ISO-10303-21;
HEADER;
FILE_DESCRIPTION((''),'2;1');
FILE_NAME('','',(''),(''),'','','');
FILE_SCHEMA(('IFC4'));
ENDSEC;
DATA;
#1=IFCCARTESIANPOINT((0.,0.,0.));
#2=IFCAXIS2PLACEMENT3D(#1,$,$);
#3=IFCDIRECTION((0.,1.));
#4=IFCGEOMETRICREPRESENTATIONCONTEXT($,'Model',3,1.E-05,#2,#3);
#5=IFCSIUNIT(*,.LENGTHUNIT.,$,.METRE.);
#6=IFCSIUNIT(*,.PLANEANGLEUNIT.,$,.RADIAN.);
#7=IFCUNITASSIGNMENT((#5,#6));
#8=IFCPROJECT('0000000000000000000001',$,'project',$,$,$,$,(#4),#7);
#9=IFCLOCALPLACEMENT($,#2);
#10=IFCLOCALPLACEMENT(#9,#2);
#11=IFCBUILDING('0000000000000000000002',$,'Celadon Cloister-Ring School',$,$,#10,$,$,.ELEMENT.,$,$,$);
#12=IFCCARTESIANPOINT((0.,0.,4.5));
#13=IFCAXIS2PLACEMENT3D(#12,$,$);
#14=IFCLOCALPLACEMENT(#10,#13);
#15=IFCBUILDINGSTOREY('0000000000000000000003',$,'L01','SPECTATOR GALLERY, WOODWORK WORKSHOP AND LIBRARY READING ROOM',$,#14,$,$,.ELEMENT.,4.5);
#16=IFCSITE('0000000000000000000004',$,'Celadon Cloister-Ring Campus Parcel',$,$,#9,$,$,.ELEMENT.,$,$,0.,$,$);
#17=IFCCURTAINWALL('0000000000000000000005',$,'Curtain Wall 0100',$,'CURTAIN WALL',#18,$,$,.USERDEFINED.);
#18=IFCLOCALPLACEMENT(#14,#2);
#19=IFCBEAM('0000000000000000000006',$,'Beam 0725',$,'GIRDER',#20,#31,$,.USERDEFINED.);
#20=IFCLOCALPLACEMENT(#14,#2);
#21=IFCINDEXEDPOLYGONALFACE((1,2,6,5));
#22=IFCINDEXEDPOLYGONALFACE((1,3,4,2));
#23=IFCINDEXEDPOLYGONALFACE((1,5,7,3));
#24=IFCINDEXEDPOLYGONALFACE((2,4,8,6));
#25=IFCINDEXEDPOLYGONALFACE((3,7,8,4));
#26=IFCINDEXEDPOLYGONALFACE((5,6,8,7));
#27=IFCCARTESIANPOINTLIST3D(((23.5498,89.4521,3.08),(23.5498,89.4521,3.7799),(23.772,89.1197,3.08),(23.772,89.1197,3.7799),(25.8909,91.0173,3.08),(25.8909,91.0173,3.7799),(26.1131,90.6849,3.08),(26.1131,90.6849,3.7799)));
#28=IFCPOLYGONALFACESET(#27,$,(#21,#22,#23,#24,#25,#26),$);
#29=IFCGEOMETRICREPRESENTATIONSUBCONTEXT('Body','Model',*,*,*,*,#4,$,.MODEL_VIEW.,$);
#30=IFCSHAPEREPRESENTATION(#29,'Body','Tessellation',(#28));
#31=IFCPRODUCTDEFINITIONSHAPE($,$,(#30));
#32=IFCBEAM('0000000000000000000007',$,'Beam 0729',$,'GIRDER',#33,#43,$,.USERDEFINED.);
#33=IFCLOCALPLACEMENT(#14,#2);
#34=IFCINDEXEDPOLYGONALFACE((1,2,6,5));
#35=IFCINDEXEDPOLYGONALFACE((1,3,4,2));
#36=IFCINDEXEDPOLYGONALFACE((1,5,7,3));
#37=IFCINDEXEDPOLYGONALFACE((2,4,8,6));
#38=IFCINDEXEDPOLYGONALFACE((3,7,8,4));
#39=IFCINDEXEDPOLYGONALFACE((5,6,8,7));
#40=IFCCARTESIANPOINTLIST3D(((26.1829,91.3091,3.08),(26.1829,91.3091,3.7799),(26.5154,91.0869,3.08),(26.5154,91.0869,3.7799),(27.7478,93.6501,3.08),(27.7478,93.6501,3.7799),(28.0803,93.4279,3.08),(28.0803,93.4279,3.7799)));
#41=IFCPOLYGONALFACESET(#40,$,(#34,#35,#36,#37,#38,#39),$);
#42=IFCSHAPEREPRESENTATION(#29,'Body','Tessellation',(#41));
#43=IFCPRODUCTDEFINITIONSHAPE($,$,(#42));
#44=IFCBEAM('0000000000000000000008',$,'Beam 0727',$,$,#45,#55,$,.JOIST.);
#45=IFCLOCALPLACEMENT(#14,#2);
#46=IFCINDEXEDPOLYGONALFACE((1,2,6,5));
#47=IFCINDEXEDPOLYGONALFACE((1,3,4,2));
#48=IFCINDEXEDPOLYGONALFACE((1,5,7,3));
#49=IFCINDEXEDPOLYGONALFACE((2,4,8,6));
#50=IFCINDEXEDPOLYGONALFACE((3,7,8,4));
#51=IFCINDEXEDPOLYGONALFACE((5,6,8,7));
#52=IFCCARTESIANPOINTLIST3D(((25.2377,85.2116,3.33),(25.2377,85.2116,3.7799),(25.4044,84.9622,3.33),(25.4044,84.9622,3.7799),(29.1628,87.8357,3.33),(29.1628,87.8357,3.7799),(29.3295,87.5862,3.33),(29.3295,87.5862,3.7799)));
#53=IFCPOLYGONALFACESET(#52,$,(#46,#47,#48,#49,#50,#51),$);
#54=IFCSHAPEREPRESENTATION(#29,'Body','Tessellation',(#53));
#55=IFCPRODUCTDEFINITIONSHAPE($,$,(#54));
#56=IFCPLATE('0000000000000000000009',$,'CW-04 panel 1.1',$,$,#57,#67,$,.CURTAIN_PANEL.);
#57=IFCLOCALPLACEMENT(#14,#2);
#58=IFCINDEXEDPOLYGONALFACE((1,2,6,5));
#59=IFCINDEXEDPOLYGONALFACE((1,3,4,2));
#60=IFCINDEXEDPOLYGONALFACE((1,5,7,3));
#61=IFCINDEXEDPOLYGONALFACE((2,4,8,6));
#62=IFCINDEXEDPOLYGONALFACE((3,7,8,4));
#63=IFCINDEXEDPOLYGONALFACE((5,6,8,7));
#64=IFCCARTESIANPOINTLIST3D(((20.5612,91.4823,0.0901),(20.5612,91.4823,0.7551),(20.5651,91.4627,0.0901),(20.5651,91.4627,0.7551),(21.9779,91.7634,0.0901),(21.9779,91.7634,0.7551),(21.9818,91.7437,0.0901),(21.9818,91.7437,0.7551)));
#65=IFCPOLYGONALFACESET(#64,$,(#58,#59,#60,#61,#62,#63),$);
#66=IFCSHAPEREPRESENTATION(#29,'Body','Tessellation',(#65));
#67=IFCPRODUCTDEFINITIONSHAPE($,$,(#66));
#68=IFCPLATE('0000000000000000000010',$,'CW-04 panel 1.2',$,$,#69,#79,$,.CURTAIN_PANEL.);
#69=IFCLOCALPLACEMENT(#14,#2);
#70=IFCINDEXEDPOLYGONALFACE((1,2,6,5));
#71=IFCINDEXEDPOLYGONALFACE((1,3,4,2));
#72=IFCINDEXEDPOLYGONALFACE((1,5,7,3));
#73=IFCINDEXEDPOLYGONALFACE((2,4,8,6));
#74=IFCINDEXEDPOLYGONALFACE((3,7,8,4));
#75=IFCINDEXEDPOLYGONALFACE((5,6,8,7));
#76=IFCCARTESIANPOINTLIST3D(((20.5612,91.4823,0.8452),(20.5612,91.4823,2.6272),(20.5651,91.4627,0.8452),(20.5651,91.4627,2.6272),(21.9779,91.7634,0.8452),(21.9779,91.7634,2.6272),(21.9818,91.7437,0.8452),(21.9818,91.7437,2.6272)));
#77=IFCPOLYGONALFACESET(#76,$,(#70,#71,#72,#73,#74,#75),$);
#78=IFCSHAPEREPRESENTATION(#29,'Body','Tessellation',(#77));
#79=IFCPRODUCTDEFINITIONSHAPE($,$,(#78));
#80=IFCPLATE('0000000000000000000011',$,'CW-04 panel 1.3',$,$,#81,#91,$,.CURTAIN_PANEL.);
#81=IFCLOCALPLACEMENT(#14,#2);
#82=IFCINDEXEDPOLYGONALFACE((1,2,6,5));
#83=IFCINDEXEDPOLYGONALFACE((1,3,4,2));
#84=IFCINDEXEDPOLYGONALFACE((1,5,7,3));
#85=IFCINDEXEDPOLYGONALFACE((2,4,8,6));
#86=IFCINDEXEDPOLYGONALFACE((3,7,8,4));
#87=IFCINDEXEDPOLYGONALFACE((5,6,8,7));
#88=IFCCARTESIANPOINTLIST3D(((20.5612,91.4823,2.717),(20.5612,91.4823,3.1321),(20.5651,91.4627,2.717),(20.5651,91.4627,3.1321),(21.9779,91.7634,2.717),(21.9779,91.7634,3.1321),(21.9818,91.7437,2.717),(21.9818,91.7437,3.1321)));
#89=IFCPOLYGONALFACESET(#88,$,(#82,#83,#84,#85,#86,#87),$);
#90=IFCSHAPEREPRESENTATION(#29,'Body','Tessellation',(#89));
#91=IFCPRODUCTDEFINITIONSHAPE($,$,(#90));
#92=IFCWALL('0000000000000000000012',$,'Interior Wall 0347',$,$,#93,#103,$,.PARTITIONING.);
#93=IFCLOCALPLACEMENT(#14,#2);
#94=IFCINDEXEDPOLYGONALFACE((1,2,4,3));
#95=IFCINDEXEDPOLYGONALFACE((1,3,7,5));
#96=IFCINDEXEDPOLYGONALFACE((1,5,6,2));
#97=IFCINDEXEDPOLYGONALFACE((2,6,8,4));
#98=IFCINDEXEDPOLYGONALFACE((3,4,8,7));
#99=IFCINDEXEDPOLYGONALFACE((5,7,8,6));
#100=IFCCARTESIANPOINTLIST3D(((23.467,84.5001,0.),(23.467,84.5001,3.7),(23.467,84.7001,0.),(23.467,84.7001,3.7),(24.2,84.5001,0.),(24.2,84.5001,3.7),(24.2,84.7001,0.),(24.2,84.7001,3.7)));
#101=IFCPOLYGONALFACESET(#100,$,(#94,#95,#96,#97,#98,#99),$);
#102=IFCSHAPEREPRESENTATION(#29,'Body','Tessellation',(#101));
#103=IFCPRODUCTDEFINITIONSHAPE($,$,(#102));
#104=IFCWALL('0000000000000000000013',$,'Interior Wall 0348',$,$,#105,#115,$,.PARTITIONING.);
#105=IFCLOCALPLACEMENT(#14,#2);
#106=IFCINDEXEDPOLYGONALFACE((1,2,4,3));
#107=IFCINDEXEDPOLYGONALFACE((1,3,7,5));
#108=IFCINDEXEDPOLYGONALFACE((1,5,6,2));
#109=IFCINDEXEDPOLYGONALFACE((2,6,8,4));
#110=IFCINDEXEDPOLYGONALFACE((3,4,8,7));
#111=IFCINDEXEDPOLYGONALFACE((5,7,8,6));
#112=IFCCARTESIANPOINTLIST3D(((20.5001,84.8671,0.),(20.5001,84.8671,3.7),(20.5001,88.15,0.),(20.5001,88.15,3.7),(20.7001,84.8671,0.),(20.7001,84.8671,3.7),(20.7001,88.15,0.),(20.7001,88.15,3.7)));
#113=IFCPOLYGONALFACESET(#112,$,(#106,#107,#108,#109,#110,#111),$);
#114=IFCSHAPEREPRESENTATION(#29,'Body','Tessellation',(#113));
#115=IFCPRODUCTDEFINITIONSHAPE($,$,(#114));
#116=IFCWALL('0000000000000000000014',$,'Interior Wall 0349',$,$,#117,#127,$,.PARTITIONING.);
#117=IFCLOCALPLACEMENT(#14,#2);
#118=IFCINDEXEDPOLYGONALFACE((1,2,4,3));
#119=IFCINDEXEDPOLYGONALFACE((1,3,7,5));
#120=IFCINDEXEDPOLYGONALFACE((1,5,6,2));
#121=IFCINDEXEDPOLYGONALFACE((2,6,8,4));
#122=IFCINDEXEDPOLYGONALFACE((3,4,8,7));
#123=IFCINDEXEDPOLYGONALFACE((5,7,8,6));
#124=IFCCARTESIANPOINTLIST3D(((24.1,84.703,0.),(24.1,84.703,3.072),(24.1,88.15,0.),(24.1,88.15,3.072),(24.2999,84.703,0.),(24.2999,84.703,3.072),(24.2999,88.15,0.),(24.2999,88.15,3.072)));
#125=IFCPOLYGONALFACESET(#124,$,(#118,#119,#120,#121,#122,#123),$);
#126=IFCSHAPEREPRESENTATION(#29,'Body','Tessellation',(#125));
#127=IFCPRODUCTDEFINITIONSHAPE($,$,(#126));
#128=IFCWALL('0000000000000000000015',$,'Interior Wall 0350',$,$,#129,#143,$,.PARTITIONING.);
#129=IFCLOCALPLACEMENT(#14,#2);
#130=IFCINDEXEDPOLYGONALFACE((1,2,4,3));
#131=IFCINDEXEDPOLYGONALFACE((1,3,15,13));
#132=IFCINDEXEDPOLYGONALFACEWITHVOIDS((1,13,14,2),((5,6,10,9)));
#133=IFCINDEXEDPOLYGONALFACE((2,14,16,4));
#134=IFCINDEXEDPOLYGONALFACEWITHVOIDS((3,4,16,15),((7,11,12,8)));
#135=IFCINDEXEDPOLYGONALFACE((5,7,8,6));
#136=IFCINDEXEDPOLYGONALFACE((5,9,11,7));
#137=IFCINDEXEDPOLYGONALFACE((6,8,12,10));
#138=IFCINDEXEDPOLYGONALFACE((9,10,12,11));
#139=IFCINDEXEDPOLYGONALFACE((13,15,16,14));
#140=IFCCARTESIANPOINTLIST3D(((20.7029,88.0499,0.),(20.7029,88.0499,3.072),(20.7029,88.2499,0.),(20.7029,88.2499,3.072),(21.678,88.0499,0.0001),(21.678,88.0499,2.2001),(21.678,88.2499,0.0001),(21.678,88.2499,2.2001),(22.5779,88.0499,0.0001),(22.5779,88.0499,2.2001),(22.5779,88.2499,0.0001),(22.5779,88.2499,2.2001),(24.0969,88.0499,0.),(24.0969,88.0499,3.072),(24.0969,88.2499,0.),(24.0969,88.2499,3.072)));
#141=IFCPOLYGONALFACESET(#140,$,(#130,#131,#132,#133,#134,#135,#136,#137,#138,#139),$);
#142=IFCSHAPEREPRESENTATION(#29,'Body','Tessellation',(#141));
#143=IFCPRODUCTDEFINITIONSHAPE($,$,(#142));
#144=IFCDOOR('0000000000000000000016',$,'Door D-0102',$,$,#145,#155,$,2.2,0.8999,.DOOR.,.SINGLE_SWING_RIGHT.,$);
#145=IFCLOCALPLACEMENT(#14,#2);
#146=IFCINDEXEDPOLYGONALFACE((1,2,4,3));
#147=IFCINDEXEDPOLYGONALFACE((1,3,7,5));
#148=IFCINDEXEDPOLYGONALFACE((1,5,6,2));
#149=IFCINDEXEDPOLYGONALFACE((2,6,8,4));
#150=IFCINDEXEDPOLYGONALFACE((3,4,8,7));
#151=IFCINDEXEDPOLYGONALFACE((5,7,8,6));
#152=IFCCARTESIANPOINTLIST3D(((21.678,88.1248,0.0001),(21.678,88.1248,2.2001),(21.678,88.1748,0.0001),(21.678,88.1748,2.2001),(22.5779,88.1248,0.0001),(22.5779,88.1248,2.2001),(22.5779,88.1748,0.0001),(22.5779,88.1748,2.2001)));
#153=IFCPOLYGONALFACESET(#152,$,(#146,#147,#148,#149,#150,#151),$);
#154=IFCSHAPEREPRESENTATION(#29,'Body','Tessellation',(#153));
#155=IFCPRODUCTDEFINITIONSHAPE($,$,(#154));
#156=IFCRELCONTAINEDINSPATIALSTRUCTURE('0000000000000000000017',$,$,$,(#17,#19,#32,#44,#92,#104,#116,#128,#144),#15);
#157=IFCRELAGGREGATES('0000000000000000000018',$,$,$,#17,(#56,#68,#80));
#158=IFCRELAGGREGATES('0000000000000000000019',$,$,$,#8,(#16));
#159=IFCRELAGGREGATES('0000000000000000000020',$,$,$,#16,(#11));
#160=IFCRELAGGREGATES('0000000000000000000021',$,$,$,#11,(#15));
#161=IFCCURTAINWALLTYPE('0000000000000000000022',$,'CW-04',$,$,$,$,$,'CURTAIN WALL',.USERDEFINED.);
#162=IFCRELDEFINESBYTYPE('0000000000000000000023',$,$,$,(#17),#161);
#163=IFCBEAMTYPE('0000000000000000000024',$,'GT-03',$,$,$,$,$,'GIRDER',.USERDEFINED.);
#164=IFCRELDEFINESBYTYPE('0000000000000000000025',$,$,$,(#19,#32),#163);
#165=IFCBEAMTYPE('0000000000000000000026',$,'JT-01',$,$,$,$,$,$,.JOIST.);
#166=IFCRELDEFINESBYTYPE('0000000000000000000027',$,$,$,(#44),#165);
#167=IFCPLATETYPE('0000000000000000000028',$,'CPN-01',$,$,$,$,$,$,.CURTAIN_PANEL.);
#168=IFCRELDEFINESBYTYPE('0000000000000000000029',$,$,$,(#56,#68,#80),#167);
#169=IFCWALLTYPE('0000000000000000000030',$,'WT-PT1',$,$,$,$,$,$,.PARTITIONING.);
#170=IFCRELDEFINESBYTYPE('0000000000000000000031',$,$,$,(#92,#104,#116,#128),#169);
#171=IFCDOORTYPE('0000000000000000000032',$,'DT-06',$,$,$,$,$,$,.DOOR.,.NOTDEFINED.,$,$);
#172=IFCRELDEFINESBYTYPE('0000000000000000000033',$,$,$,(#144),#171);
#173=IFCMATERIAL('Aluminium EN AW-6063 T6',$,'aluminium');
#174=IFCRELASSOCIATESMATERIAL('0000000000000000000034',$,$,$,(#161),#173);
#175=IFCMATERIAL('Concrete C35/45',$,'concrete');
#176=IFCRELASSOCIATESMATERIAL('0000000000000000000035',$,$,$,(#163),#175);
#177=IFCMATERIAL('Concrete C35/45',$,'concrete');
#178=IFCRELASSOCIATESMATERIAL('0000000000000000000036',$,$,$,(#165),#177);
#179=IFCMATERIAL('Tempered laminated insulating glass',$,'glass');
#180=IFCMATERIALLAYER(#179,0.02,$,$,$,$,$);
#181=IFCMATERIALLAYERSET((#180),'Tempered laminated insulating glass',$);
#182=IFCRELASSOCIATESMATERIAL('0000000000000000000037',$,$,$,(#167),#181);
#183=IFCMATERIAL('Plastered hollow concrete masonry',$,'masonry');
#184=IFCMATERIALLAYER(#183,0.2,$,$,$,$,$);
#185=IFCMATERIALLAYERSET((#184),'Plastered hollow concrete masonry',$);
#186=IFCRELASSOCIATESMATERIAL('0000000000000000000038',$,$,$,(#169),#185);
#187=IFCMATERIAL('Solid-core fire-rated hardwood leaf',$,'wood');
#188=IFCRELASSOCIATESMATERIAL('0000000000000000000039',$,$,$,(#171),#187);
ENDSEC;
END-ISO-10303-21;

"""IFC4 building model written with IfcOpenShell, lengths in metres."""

from ifc_helpers import new_model, si_unit, direction, frame, frame_2d, origin, origin_2d, place, context, subcontext, project, spatial, rectangle, extrude, material, layer, layer_set, material_profile, profile_set, type_object, element, fill, aggregate, save


model = new_model("IFC4")

# Units and contexts
model_context = context("Model", 3, precision=1e-05, world=origin(), true_north=direction((0.0, 1.0)))
body_context = subcontext(model_context, "Body", "Model", "MODEL_VIEW")
ifc_project = project(units=[si_unit("LENGTHUNIT", "METRE"), si_unit("PLANEANGLEUNIT", "RADIAN")], contexts=[model_context])

# Site, building, storey
site_placement = place(None, origin())
site = spatial("IfcSite", under=ifc_project, at=site_placement, Name="Celadon Cloister-Ring Campus Parcel", CompositionType="ELEMENT", RefElevation=0.0)
building_placement = place(site_placement, origin())
building = spatial("IfcBuilding", under=site, at=building_placement, Name="Celadon Cloister-Ring School", CompositionType="ELEMENT")
storey_placement = place(building_placement, frame((0.0, 0.0, 4.5)))
storey = spatial("IfcBuildingStorey", under=building, at=storey_placement, Name="L01", Description="SPECTATOR GALLERY, WOODWORK WORKSHOP AND LIBRARY READING ROOM", CompositionType="ELEMENT", Elevation=4.5)

# Curtain wall
ifc_material_1 = material(Name="Aluminium EN AW-6063 T6", Category="aluminium")
curtain_wall_type = type_object("IfcCurtainWallType", Name="CW-04", ElementType="CURTAIN WALL", PredefinedType="USERDEFINED", material=ifc_material_1)
curtain_wall_placement = place(storey_placement, origin())
curtain_wall = element("IfcCurtainWall", 1, at=curtain_wall_placement, inside=storey, type_object=curtain_wall_type, Name="Curtain Wall 0100", ObjectType="CURTAIN WALL", PredefinedType="USERDEFINED")

# Beams
ifc_material_2 = material(Name="Concrete C35/45", Category="concrete")
ifc_material_profile_1 = material_profile(ifc_material_2, rectangle(XDim=0.3999, YDim=0.7, at=origin_2d()), Name="RC400X700")
ifc_profile_set_1 = profile_set([ifc_material_profile_1], Name="Concrete C35/45")
beam_type_1 = type_object("IfcBeamType", Name="GT-03", ElementType="GIRDER", PredefinedType="USERDEFINED", material=ifc_profile_set_1)
beam_1_placement = place(storey_placement, frame((23.6609, 89.2859, 3.4299), z_axis=(0.831316, 0.5558, 0.0), x_axis=(-0.5558, 0.831316, 0.0)))
element("IfcBeam", 2, at=beam_1_placement, inside=storey, type_object=beam_type_1, Name="Beam 0725", ObjectType="GIRDER", PredefinedType="USERDEFINED", context=body_context, shape_type="SweptSolid", body=[
    extrude(rectangle(XDim=0.3999, YDim=0.7, at=origin_2d()), origin(), (0.0, 0.0, 1.0), 2.8162),
])
beam_2_placement = place(storey_placement, frame((26.3491, 91.198, 3.4299), z_axis=(0.55574, 0.831356, 0.0), x_axis=(-0.831356, 0.55574, 0.0)))
element("IfcBeam", 3, at=beam_2_placement, inside=storey, type_object=beam_type_1, Name="Beam 0729", ObjectType="GIRDER", PredefinedType="USERDEFINED", context=body_context, shape_type="SweptSolid", body=[
    extrude(rectangle(XDim=0.3999, YDim=0.7, at=origin_2d()), origin(), (0.0, 0.0, 1.0), 2.8159),
])
ifc_material_3 = material(Name="Concrete C35/45", Category="concrete")
ifc_material_profile_2 = material_profile(ifc_material_3, rectangle(XDim=0.3, YDim=0.45, at=origin_2d()), Name="RC300X450")
ifc_profile_set_2 = profile_set([ifc_material_profile_2], Name="Concrete C35/45")
beam_type_2 = type_object("IfcBeamType", Name="JT-01", PredefinedType="JOIST", material=ifc_profile_set_2)
beam_3_placement = place(storey_placement, frame((25.321, 85.0869, 3.5549), z_axis=(0.831334, 0.555774, 0.0), x_axis=(-0.555774, 0.831334, 0.0)))
element("IfcBeam", 4, at=beam_3_placement, inside=storey, type_object=beam_type_2, Name="Beam 0727", PredefinedType="JOIST", context=body_context, shape_type="SweptSolid", body=[
    extrude(rectangle(XDim=0.3, YDim=0.45, at=origin_2d()), origin(), (0.0, 0.0, 1.0), 4.7214),
])

# Plates
ifc_material_4 = material(Name="Tempered laminated insulating glass", Category="glass")
ifc_layer_1 = layer(ifc_material_4, 0.02)
ifc_layer_set_1 = layer_set([ifc_layer_1], Name="Tempered laminated insulating glass")
plate_type = type_object("IfcPlateType", Name="CPN-01", PredefinedType="CURTAIN_PANEL", material=ifc_layer_set_1)
plate_1_placement = place(storey_placement, frame((21.2715, 91.613, 0.0901), z_axis=(0.0, 0.0, 1.0), x_axis=(0.980885, 0.194586, 0.0)))
plate_1 = element("IfcPlate", 5, at=plate_1_placement, type_object=plate_type, Name="CW-04 panel 1.1", PredefinedType="CURTAIN_PANEL", context=body_context, shape_type="SweptSolid", body=[
    extrude(rectangle(XDim=1.4443, YDim=0.02, at=origin_2d()), origin(), (0.0, 0.0, 1.0), 0.665),
])
plate_2_placement = place(storey_placement, frame((21.2715, 91.613, 0.8452), z_axis=(0.0, 0.0, 1.0), x_axis=(0.980885, 0.194586, 0.0)))
plate_2 = element("IfcPlate", 6, at=plate_2_placement, type_object=plate_type, Name="CW-04 panel 1.2", PredefinedType="CURTAIN_PANEL", context=body_context, shape_type="SweptSolid", body=[
    extrude(rectangle(XDim=1.4443, YDim=0.02, at=origin_2d()), origin(), (0.0, 0.0, 1.0), 1.782),
])
plate_3_placement = place(storey_placement, frame((21.2715, 91.613, 2.717), z_axis=(0.0, 0.0, 1.0), x_axis=(0.980885, 0.194586, 0.0)))
plate_3 = element("IfcPlate", 7, at=plate_3_placement, type_object=plate_type, Name="CW-04 panel 1.3", PredefinedType="CURTAIN_PANEL", context=body_context, shape_type="SweptSolid", body=[
    extrude(rectangle(XDim=1.4443, YDim=0.02, at=origin_2d()), origin(), (0.0, 0.0, 1.0), 0.415),
])
aggregate(curtain_wall, [plate_1, plate_2, plate_3])

# Walls
ifc_material_5 = material(Name="Plastered hollow concrete masonry", Category="masonry")
ifc_layer_2 = layer(ifc_material_5, 0.2)
ifc_layer_set_2 = layer_set([ifc_layer_2], Name="Plastered hollow concrete masonry")
wall_type_1 = type_object("IfcWallType", Name="WT-PT1", PredefinedType="PARTITIONING", material=ifc_layer_set_2)
wall_1_placement = place(storey_placement, frame((23.467, 84.6001, 0.0), z_axis=(0.0, 0.0, 1.0), x_axis=(1.0, 0.0, 0.0)))
element("IfcWall", 8, at=wall_1_placement, inside=storey, type_object=wall_type_1, Name="Interior Wall 0347", PredefinedType="PARTITIONING", context=body_context, shape_type="SweptSolid", body=[
    extrude(rectangle(XDim=0.7329, YDim=0.2, at=frame_2d((0.3665, 0.0))), origin(), (0.0, 0.0, 1.0), 3.7),
])
wall_2_placement = place(storey_placement, frame((20.6001, 84.8669, 0.0), z_axis=(0.0, 0.0, 1.0), x_axis=(0.0, 1.0, 0.0)))
element("IfcWall", 9, at=wall_2_placement, inside=storey, type_object=wall_type_1, Name="Interior Wall 0348", PredefinedType="PARTITIONING", context=body_context, shape_type="SweptSolid", body=[
    extrude(rectangle(XDim=3.283, YDim=0.2, at=frame_2d((1.6416, 0.0))), origin(), (0.0, 0.0, 1.0), 3.7),
])
wall_3_placement = place(storey_placement, frame((24.2, 84.7029, 0.0), z_axis=(0.0, 0.0, 1.0), x_axis=(0.0, 1.0, 0.0)))
element("IfcWall", 10, at=wall_3_placement, inside=storey, type_object=wall_type_1, Name="Interior Wall 0349", PredefinedType="PARTITIONING", context=body_context, shape_type="SweptSolid", body=[
    extrude(rectangle(XDim=3.447, YDim=0.2, at=frame_2d((1.7236, 0.0))), origin(), (0.0, 0.0, 1.0), 3.072),
])

# Wall, opening, door
wall_4_placement = place(storey_placement, frame((20.7029, 88.1499, 0.0), z_axis=(0.0, 0.0, 1.0), x_axis=(1.0, 0.0, 0.0)))
wall_4 = element("IfcWall", 11, at=wall_4_placement, inside=storey, type_object=wall_type_1, Name="Interior Wall 0350", PredefinedType="PARTITIONING", context=body_context, shape_type="SweptSolid", body=[
    extrude(rectangle(XDim=3.394, YDim=0.2, at=frame_2d((1.697, 0.0))), origin(), (0.0, 0.0, 1.0), 3.072),
])
opening_1_placement = place(wall_4_placement, frame((0.9751, 0.0, 0.0)))
opening_1 = element("IfcOpeningElement", 12, at=opening_1_placement, cuts=wall_4, PredefinedType="OPENING", context=body_context, shape_type="SweptSolid", body=[
    extrude(rectangle(XDim=0.8999, YDim=2.2, at=frame_2d((0.45, 1.1001))), frame((0.0, 0.1099, 0.0), z_axis=(0.0, -1.0, 0.0), x_axis=(1.0, 0.0, 0.0)), (0.0, 0.0, 1.0), 0.22),
])
ifc_material_6 = material(Name="Solid-core fire-rated hardwood leaf", Category="wood")
door_type_1 = type_object("IfcDoorType", Name="DT-06", OperationType="NOTDEFINED", PredefinedType="DOOR", material=ifc_material_6)
door_1_placement = place(opening_1_placement, origin())
door_1 = element("IfcDoor", 13, at=door_1_placement, inside=storey, type_object=door_type_1, Name="Door D-0102", OperationType="SINGLE_SWING_RIGHT", OverallHeight=2.2, OverallWidth=0.8999, PredefinedType="DOOR", context=body_context, shape_type="SweptSolid", body=[
    extrude(rectangle(XDim=0.8999, YDim=2.2, at=frame_2d((0.45, 1.1001))), frame((0.0, 0.0249, 0.0), z_axis=(0.0, -1.0, 0.0), x_axis=(1.0, 0.0, 0.0)), (0.0, 0.0, 1.0), 0.05),
])
fill(opening_1, door_1)

save(model, "model.ifc")
